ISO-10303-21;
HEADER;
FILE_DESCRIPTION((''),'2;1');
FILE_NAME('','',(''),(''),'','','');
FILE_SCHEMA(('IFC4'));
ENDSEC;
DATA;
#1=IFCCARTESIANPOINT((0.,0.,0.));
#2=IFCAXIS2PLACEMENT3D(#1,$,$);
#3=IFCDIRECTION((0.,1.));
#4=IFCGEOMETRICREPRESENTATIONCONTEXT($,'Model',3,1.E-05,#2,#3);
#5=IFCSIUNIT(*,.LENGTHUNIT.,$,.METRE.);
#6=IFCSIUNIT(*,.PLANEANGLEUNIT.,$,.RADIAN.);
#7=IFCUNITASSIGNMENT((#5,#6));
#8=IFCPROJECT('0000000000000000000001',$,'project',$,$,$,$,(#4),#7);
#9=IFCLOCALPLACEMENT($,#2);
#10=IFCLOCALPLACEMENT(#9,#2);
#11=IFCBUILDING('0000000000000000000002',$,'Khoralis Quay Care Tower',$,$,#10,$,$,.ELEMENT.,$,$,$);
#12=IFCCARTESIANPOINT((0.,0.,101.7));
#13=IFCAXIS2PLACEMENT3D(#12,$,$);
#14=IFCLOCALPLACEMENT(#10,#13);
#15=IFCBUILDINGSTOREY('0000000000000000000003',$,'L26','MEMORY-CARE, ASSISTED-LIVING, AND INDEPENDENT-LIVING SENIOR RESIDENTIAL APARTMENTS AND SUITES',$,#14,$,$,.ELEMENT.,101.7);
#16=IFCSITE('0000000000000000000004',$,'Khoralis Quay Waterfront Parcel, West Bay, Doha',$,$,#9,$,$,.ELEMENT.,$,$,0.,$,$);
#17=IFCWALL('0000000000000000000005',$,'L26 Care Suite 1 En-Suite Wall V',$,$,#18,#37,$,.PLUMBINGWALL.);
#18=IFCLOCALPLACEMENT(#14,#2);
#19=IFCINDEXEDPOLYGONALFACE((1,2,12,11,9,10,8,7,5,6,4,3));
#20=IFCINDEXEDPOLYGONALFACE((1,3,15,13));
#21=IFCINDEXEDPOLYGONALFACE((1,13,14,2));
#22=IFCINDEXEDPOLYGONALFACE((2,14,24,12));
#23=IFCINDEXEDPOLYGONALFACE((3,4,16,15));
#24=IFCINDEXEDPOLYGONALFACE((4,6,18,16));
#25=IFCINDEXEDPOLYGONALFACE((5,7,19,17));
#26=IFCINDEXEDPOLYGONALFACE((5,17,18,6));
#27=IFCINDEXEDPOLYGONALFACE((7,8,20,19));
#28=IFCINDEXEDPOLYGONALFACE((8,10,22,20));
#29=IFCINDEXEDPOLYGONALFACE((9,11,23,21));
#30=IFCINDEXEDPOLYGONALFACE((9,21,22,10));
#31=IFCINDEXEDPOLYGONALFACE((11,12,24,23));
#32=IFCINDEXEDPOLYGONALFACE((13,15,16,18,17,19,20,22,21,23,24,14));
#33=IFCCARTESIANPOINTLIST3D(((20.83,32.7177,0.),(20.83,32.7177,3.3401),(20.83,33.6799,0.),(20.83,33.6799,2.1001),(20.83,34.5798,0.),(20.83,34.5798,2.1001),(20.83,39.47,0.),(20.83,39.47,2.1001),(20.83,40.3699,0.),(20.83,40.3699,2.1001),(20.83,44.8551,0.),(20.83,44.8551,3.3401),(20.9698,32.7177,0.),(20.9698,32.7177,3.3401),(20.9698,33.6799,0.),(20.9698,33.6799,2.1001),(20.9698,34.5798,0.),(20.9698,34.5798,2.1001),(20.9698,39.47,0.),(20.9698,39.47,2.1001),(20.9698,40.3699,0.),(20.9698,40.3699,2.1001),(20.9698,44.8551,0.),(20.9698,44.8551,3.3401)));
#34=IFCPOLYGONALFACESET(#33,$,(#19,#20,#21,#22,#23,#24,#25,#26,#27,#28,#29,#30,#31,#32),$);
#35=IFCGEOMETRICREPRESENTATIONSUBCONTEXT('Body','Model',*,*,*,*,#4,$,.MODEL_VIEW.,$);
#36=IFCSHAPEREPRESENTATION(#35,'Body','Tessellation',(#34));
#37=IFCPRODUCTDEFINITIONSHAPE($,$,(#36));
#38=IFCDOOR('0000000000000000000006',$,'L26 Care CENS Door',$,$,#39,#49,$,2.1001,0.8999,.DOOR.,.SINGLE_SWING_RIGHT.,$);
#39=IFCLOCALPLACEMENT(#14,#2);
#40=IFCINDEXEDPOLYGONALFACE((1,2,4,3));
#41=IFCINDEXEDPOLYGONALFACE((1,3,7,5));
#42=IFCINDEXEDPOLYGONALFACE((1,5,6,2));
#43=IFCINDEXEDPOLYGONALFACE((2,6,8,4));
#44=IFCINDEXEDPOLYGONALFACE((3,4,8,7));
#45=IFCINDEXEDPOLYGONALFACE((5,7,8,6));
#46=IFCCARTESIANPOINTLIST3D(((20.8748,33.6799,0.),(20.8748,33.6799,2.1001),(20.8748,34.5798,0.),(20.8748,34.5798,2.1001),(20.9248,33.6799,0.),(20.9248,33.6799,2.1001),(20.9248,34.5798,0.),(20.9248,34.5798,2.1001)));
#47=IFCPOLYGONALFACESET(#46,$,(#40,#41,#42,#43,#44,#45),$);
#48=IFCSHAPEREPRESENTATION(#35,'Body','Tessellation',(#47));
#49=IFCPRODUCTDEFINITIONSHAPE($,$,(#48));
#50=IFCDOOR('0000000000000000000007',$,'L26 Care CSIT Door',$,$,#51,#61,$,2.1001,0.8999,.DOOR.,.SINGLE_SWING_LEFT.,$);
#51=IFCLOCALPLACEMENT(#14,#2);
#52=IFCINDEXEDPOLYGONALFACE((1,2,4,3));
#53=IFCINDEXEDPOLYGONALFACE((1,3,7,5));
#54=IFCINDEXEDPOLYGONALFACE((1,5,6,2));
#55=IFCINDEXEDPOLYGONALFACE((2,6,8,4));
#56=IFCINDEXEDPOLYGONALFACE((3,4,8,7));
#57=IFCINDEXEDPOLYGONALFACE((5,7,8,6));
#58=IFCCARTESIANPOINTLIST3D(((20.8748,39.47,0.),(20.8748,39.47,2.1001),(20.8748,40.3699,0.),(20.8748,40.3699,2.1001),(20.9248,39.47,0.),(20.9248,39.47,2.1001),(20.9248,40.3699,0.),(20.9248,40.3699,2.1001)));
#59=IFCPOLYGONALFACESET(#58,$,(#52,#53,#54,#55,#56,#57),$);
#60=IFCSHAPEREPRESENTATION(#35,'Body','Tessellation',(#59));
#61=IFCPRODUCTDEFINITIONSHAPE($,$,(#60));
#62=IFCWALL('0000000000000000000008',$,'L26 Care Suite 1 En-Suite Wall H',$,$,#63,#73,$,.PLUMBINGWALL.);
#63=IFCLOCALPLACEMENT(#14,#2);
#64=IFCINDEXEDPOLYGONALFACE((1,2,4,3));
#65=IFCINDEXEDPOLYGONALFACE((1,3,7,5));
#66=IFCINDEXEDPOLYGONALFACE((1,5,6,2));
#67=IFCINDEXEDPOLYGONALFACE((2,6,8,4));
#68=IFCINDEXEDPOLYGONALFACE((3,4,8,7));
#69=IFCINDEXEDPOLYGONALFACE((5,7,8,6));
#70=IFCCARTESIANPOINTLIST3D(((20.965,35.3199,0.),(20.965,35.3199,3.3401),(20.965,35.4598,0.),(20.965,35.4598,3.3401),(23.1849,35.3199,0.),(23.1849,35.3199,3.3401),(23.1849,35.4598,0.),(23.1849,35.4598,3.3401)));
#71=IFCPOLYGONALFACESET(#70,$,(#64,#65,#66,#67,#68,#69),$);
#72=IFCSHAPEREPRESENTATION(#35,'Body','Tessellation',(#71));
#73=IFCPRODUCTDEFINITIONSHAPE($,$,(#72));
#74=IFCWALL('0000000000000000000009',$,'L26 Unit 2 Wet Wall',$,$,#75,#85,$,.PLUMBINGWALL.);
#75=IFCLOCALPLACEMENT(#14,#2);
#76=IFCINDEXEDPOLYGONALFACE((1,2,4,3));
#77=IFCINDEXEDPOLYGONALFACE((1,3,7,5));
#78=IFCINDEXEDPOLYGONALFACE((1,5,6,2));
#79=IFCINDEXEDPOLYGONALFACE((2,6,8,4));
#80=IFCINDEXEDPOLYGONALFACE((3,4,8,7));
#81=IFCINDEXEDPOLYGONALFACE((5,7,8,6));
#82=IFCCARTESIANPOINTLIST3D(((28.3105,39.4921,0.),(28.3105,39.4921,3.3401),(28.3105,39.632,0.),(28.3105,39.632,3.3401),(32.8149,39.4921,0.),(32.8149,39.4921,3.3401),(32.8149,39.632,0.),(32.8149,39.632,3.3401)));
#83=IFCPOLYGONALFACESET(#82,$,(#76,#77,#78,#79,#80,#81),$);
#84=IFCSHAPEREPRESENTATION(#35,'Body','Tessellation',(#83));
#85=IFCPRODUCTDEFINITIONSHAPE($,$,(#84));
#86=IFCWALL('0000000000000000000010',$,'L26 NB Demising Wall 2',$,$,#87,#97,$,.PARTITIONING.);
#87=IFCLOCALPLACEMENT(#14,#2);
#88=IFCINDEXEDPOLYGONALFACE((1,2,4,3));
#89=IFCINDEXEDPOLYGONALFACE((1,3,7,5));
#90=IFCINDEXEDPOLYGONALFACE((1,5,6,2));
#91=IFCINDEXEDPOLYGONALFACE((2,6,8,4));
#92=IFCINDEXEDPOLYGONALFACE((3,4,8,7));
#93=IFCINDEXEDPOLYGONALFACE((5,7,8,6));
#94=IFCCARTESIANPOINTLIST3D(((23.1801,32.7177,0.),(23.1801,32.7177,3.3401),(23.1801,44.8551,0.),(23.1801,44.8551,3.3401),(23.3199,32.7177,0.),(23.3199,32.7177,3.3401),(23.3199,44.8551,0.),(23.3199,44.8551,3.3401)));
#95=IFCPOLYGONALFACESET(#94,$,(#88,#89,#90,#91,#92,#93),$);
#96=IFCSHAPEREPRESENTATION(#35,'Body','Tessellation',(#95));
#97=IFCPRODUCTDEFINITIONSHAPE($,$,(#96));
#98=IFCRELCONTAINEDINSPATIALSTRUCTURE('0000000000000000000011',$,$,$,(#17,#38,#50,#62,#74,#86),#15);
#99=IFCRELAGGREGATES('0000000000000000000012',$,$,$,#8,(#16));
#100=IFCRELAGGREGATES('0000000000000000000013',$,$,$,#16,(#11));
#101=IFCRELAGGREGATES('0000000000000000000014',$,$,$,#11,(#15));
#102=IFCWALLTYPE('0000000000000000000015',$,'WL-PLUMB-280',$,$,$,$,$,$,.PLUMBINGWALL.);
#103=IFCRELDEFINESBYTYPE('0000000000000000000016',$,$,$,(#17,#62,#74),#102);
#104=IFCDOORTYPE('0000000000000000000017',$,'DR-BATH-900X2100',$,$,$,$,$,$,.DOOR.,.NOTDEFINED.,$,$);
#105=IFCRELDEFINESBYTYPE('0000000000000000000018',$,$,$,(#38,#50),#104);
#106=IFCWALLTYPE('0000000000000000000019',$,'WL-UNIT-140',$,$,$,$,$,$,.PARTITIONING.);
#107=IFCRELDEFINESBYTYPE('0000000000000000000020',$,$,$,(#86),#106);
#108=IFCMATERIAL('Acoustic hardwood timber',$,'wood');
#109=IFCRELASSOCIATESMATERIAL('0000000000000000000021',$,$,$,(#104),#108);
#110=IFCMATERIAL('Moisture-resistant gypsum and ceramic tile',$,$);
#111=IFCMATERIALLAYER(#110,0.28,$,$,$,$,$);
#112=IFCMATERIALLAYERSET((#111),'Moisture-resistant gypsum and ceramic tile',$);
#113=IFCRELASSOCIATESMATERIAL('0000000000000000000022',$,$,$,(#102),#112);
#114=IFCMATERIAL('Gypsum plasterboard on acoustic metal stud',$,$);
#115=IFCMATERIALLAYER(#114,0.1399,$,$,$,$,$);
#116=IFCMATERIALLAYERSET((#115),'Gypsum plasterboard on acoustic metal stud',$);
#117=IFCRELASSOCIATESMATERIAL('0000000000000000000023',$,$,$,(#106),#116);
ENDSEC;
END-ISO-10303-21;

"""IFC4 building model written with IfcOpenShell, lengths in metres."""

from ifc_helpers import new_model, si_unit, direction, frame, frame_2d, origin, place, context, subcontext, project, spatial, rectangle, extrude, source, transform, mapped, material, layer, layer_set, type_object, element, fill, save


model = new_model("IFC4")

# Units and contexts
model_context = context("Model", 3, precision=1e-05, world=origin(), true_north=direction((0.0, 1.0)))
body_context = subcontext(model_context, "Body", "Model", "MODEL_VIEW")
ifc_project = project(units=[si_unit("LENGTHUNIT", "METRE"), si_unit("PLANEANGLEUNIT", "RADIAN")], contexts=[model_context])

# Site, building, storey
site_placement = place(None, origin())
site = spatial("IfcSite", under=ifc_project, at=site_placement, Name="Khoralis Quay Waterfront Parcel, West Bay, Doha", CompositionType="ELEMENT", RefElevation=0.0)
building_placement = place(site_placement, origin())
building = spatial("IfcBuilding", under=site, at=building_placement, Name="Khoralis Quay Care Tower", CompositionType="ELEMENT")
storey_placement = place(building_placement, frame((0.0, 0.0, 101.7)))
storey = spatial("IfcBuildingStorey", under=building, at=storey_placement, Name="L26", Description="MEMORY-CARE, ASSISTED-LIVING, AND INDEPENDENT-LIVING SENIOR RESIDENTIAL APARTMENTS AND SUITES", CompositionType="ELEMENT", Elevation=101.7)

# Shared definitions
ifc_material_1 = material(Name="Gypsum plasterboard on acoustic metal stud")
ifc_material_2 = material(Name="Acoustic hardwood timber", Category="wood")
door_type_1 = type_object("IfcDoorType", Name="DR-BATH-900X2100", OperationType="NOTDEFINED", PredefinedType="DOOR", material=ifc_material_2)
shared_shape_1 = source(origin(), body_context, "Body", "SweptSolid", [
    extrude(rectangle(XDim=0.8999, YDim=2.1001, at=frame_2d((0.45, 1.05))), frame((0.0, 0.0249, 0.0), z_axis=(0.0, -1.0, 0.0), x_axis=(1.0, 0.0, 0.0)), (0.0, 0.0, 1.0), 0.05),
])

# Wall, openings, doors
ifc_material_3 = material(Name="Moisture-resistant gypsum and ceramic tile")
ifc_layer_1 = layer(ifc_material_3, 0.28)
ifc_layer_set_1 = layer_set([ifc_layer_1], Name="Moisture-resistant gypsum and ceramic tile")
wall_type_1 = type_object("IfcWallType", Name="WL-PLUMB-280", PredefinedType="PLUMBINGWALL", material=ifc_layer_set_1)
wall_1_placement = place(storey_placement, frame((20.8999, 32.7175, 0.0), z_axis=(0.0, 0.0, 1.0), x_axis=(0.0, 1.0, 0.0)))
wall_1 = element("IfcWall", 1, at=wall_1_placement, inside=storey, type_object=wall_type_1, Name="L26 Care Suite 1 En-Suite Wall V", PredefinedType="PLUMBINGWALL", context=body_context, shape_type="SweptSolid", body=[
    extrude(rectangle(XDim=12.1375, YDim=0.1399, at=frame_2d((6.0688, 0.0))), origin(), (0.0, 0.0, 1.0), 3.3401),
])
opening_1_placement = place(wall_1_placement, frame((0.9624, 0.0, 0.0)))
opening_1 = element("IfcOpeningElement", 2, at=opening_1_placement, cuts=wall_1, PredefinedType="OPENING", context=body_context, shape_type="SweptSolid", body=[
    extrude(rectangle(XDim=0.8999, YDim=2.1001, at=frame_2d((0.45, 1.05))), frame((0.0, 0.0801, 0.0), z_axis=(0.0, -1.0, 0.0), x_axis=(1.0, 0.0, 0.0)), (0.0, 0.0, 1.0), 0.1599),
])
opening_2_placement = place(wall_1_placement, frame((6.7524, 0.0, 0.0)))
opening_2 = element("IfcOpeningElement", 3, at=opening_2_placement, cuts=wall_1, PredefinedType="OPENING", context=body_context, shape_type="SweptSolid", body=[
    extrude(rectangle(XDim=0.8999, YDim=2.1001, at=frame_2d((0.45, 1.05))), frame((0.0, 0.0801, 0.0), z_axis=(0.0, -1.0, 0.0), x_axis=(1.0, 0.0, 0.0)), (0.0, 0.0, 1.0), 0.1599),
])
door_1_placement = place(opening_1_placement, frame((0.8999, 0.0, 0.0), z_axis=(0.0, 0.0, 1.0), x_axis=(-1.0, 0.0, 0.0)))
door_1 = element("IfcDoor", 4, at=door_1_placement, inside=storey, type_object=door_type_1, Name="L26 Care CENS Door", OperationType="SINGLE_SWING_RIGHT", OverallHeight=2.1001, OverallWidth=0.8999, PredefinedType="DOOR", context=body_context, shape_type="MappedRepresentation", body=[
    mapped(shared_shape_1, transform((0.0, 0.0, 0.0), scale=1.0)),
])
fill(opening_1, door_1)
door_2_placement = place(opening_2_placement, frame((0.8999, 0.0, 0.0), z_axis=(0.0, 0.0, 1.0), x_axis=(-1.0, 0.0, 0.0)))
door_2 = element("IfcDoor", 5, at=door_2_placement, inside=storey, type_object=door_type_1, Name="L26 Care CSIT Door", OperationType="SINGLE_SWING_LEFT", OverallHeight=2.1001, OverallWidth=0.8999, PredefinedType="DOOR", context=body_context, shape_type="MappedRepresentation", body=[
    mapped(shared_shape_1, transform((0.0, 0.0, 0.0), scale=1.0)),
])
fill(opening_2, door_2)

# Walls
wall_2_placement = place(storey_placement, frame((20.9651, 35.3899, 0.0), z_axis=(0.0, 0.0, 1.0), x_axis=(1.0, 0.0, 0.0)))
element("IfcWall", 6, at=wall_2_placement, inside=storey, type_object=wall_type_1, Name="L26 Care Suite 1 En-Suite Wall H", PredefinedType="PLUMBINGWALL", context=body_context, shape_type="SweptSolid", body=[
    extrude(rectangle(XDim=2.22, YDim=0.1399, at=frame_2d((1.1099, 0.0))), origin(), (0.0, 0.0, 1.0), 3.3401),
])
wall_3_placement = place(storey_placement, frame((28.3105, 39.562, 0.0), z_axis=(0.0, 0.0, 1.0), x_axis=(1.0, 0.0, 0.0)))
element("IfcWall", 7, at=wall_3_placement, inside=storey, type_object=wall_type_1, Name="L26 Unit 2 Wet Wall", PredefinedType="PLUMBINGWALL", context=body_context, shape_type="SweptSolid", body=[
    extrude(rectangle(XDim=4.5044, YDim=0.1399, at=frame_2d((2.2522, 0.0))), origin(), (0.0, 0.0, 1.0), 3.3401),
])
ifc_layer_2 = layer(ifc_material_1, 0.1399)
ifc_layer_set_2 = layer_set([ifc_layer_2], Name="Gypsum plasterboard on acoustic metal stud")
wall_type_2 = type_object("IfcWallType", Name="WL-UNIT-140", PredefinedType="PARTITIONING", material=ifc_layer_set_2)
wall_4_placement = place(storey_placement, frame((23.25, 32.7175, 0.0), z_axis=(0.0, 0.0, 1.0), x_axis=(0.0, 1.0, 0.0)))
element("IfcWall", 8, at=wall_4_placement, inside=storey, type_object=wall_type_2, Name="L26 NB Demising Wall 2", PredefinedType="PARTITIONING", context=body_context, shape_type="SweptSolid", body=[
    extrude(rectangle(XDim=12.1375, YDim=0.1399, at=frame_2d((6.0688, 0.0))), origin(), (0.0, 0.0, 1.0), 3.3401),
])

save(model, "model.ifc")
